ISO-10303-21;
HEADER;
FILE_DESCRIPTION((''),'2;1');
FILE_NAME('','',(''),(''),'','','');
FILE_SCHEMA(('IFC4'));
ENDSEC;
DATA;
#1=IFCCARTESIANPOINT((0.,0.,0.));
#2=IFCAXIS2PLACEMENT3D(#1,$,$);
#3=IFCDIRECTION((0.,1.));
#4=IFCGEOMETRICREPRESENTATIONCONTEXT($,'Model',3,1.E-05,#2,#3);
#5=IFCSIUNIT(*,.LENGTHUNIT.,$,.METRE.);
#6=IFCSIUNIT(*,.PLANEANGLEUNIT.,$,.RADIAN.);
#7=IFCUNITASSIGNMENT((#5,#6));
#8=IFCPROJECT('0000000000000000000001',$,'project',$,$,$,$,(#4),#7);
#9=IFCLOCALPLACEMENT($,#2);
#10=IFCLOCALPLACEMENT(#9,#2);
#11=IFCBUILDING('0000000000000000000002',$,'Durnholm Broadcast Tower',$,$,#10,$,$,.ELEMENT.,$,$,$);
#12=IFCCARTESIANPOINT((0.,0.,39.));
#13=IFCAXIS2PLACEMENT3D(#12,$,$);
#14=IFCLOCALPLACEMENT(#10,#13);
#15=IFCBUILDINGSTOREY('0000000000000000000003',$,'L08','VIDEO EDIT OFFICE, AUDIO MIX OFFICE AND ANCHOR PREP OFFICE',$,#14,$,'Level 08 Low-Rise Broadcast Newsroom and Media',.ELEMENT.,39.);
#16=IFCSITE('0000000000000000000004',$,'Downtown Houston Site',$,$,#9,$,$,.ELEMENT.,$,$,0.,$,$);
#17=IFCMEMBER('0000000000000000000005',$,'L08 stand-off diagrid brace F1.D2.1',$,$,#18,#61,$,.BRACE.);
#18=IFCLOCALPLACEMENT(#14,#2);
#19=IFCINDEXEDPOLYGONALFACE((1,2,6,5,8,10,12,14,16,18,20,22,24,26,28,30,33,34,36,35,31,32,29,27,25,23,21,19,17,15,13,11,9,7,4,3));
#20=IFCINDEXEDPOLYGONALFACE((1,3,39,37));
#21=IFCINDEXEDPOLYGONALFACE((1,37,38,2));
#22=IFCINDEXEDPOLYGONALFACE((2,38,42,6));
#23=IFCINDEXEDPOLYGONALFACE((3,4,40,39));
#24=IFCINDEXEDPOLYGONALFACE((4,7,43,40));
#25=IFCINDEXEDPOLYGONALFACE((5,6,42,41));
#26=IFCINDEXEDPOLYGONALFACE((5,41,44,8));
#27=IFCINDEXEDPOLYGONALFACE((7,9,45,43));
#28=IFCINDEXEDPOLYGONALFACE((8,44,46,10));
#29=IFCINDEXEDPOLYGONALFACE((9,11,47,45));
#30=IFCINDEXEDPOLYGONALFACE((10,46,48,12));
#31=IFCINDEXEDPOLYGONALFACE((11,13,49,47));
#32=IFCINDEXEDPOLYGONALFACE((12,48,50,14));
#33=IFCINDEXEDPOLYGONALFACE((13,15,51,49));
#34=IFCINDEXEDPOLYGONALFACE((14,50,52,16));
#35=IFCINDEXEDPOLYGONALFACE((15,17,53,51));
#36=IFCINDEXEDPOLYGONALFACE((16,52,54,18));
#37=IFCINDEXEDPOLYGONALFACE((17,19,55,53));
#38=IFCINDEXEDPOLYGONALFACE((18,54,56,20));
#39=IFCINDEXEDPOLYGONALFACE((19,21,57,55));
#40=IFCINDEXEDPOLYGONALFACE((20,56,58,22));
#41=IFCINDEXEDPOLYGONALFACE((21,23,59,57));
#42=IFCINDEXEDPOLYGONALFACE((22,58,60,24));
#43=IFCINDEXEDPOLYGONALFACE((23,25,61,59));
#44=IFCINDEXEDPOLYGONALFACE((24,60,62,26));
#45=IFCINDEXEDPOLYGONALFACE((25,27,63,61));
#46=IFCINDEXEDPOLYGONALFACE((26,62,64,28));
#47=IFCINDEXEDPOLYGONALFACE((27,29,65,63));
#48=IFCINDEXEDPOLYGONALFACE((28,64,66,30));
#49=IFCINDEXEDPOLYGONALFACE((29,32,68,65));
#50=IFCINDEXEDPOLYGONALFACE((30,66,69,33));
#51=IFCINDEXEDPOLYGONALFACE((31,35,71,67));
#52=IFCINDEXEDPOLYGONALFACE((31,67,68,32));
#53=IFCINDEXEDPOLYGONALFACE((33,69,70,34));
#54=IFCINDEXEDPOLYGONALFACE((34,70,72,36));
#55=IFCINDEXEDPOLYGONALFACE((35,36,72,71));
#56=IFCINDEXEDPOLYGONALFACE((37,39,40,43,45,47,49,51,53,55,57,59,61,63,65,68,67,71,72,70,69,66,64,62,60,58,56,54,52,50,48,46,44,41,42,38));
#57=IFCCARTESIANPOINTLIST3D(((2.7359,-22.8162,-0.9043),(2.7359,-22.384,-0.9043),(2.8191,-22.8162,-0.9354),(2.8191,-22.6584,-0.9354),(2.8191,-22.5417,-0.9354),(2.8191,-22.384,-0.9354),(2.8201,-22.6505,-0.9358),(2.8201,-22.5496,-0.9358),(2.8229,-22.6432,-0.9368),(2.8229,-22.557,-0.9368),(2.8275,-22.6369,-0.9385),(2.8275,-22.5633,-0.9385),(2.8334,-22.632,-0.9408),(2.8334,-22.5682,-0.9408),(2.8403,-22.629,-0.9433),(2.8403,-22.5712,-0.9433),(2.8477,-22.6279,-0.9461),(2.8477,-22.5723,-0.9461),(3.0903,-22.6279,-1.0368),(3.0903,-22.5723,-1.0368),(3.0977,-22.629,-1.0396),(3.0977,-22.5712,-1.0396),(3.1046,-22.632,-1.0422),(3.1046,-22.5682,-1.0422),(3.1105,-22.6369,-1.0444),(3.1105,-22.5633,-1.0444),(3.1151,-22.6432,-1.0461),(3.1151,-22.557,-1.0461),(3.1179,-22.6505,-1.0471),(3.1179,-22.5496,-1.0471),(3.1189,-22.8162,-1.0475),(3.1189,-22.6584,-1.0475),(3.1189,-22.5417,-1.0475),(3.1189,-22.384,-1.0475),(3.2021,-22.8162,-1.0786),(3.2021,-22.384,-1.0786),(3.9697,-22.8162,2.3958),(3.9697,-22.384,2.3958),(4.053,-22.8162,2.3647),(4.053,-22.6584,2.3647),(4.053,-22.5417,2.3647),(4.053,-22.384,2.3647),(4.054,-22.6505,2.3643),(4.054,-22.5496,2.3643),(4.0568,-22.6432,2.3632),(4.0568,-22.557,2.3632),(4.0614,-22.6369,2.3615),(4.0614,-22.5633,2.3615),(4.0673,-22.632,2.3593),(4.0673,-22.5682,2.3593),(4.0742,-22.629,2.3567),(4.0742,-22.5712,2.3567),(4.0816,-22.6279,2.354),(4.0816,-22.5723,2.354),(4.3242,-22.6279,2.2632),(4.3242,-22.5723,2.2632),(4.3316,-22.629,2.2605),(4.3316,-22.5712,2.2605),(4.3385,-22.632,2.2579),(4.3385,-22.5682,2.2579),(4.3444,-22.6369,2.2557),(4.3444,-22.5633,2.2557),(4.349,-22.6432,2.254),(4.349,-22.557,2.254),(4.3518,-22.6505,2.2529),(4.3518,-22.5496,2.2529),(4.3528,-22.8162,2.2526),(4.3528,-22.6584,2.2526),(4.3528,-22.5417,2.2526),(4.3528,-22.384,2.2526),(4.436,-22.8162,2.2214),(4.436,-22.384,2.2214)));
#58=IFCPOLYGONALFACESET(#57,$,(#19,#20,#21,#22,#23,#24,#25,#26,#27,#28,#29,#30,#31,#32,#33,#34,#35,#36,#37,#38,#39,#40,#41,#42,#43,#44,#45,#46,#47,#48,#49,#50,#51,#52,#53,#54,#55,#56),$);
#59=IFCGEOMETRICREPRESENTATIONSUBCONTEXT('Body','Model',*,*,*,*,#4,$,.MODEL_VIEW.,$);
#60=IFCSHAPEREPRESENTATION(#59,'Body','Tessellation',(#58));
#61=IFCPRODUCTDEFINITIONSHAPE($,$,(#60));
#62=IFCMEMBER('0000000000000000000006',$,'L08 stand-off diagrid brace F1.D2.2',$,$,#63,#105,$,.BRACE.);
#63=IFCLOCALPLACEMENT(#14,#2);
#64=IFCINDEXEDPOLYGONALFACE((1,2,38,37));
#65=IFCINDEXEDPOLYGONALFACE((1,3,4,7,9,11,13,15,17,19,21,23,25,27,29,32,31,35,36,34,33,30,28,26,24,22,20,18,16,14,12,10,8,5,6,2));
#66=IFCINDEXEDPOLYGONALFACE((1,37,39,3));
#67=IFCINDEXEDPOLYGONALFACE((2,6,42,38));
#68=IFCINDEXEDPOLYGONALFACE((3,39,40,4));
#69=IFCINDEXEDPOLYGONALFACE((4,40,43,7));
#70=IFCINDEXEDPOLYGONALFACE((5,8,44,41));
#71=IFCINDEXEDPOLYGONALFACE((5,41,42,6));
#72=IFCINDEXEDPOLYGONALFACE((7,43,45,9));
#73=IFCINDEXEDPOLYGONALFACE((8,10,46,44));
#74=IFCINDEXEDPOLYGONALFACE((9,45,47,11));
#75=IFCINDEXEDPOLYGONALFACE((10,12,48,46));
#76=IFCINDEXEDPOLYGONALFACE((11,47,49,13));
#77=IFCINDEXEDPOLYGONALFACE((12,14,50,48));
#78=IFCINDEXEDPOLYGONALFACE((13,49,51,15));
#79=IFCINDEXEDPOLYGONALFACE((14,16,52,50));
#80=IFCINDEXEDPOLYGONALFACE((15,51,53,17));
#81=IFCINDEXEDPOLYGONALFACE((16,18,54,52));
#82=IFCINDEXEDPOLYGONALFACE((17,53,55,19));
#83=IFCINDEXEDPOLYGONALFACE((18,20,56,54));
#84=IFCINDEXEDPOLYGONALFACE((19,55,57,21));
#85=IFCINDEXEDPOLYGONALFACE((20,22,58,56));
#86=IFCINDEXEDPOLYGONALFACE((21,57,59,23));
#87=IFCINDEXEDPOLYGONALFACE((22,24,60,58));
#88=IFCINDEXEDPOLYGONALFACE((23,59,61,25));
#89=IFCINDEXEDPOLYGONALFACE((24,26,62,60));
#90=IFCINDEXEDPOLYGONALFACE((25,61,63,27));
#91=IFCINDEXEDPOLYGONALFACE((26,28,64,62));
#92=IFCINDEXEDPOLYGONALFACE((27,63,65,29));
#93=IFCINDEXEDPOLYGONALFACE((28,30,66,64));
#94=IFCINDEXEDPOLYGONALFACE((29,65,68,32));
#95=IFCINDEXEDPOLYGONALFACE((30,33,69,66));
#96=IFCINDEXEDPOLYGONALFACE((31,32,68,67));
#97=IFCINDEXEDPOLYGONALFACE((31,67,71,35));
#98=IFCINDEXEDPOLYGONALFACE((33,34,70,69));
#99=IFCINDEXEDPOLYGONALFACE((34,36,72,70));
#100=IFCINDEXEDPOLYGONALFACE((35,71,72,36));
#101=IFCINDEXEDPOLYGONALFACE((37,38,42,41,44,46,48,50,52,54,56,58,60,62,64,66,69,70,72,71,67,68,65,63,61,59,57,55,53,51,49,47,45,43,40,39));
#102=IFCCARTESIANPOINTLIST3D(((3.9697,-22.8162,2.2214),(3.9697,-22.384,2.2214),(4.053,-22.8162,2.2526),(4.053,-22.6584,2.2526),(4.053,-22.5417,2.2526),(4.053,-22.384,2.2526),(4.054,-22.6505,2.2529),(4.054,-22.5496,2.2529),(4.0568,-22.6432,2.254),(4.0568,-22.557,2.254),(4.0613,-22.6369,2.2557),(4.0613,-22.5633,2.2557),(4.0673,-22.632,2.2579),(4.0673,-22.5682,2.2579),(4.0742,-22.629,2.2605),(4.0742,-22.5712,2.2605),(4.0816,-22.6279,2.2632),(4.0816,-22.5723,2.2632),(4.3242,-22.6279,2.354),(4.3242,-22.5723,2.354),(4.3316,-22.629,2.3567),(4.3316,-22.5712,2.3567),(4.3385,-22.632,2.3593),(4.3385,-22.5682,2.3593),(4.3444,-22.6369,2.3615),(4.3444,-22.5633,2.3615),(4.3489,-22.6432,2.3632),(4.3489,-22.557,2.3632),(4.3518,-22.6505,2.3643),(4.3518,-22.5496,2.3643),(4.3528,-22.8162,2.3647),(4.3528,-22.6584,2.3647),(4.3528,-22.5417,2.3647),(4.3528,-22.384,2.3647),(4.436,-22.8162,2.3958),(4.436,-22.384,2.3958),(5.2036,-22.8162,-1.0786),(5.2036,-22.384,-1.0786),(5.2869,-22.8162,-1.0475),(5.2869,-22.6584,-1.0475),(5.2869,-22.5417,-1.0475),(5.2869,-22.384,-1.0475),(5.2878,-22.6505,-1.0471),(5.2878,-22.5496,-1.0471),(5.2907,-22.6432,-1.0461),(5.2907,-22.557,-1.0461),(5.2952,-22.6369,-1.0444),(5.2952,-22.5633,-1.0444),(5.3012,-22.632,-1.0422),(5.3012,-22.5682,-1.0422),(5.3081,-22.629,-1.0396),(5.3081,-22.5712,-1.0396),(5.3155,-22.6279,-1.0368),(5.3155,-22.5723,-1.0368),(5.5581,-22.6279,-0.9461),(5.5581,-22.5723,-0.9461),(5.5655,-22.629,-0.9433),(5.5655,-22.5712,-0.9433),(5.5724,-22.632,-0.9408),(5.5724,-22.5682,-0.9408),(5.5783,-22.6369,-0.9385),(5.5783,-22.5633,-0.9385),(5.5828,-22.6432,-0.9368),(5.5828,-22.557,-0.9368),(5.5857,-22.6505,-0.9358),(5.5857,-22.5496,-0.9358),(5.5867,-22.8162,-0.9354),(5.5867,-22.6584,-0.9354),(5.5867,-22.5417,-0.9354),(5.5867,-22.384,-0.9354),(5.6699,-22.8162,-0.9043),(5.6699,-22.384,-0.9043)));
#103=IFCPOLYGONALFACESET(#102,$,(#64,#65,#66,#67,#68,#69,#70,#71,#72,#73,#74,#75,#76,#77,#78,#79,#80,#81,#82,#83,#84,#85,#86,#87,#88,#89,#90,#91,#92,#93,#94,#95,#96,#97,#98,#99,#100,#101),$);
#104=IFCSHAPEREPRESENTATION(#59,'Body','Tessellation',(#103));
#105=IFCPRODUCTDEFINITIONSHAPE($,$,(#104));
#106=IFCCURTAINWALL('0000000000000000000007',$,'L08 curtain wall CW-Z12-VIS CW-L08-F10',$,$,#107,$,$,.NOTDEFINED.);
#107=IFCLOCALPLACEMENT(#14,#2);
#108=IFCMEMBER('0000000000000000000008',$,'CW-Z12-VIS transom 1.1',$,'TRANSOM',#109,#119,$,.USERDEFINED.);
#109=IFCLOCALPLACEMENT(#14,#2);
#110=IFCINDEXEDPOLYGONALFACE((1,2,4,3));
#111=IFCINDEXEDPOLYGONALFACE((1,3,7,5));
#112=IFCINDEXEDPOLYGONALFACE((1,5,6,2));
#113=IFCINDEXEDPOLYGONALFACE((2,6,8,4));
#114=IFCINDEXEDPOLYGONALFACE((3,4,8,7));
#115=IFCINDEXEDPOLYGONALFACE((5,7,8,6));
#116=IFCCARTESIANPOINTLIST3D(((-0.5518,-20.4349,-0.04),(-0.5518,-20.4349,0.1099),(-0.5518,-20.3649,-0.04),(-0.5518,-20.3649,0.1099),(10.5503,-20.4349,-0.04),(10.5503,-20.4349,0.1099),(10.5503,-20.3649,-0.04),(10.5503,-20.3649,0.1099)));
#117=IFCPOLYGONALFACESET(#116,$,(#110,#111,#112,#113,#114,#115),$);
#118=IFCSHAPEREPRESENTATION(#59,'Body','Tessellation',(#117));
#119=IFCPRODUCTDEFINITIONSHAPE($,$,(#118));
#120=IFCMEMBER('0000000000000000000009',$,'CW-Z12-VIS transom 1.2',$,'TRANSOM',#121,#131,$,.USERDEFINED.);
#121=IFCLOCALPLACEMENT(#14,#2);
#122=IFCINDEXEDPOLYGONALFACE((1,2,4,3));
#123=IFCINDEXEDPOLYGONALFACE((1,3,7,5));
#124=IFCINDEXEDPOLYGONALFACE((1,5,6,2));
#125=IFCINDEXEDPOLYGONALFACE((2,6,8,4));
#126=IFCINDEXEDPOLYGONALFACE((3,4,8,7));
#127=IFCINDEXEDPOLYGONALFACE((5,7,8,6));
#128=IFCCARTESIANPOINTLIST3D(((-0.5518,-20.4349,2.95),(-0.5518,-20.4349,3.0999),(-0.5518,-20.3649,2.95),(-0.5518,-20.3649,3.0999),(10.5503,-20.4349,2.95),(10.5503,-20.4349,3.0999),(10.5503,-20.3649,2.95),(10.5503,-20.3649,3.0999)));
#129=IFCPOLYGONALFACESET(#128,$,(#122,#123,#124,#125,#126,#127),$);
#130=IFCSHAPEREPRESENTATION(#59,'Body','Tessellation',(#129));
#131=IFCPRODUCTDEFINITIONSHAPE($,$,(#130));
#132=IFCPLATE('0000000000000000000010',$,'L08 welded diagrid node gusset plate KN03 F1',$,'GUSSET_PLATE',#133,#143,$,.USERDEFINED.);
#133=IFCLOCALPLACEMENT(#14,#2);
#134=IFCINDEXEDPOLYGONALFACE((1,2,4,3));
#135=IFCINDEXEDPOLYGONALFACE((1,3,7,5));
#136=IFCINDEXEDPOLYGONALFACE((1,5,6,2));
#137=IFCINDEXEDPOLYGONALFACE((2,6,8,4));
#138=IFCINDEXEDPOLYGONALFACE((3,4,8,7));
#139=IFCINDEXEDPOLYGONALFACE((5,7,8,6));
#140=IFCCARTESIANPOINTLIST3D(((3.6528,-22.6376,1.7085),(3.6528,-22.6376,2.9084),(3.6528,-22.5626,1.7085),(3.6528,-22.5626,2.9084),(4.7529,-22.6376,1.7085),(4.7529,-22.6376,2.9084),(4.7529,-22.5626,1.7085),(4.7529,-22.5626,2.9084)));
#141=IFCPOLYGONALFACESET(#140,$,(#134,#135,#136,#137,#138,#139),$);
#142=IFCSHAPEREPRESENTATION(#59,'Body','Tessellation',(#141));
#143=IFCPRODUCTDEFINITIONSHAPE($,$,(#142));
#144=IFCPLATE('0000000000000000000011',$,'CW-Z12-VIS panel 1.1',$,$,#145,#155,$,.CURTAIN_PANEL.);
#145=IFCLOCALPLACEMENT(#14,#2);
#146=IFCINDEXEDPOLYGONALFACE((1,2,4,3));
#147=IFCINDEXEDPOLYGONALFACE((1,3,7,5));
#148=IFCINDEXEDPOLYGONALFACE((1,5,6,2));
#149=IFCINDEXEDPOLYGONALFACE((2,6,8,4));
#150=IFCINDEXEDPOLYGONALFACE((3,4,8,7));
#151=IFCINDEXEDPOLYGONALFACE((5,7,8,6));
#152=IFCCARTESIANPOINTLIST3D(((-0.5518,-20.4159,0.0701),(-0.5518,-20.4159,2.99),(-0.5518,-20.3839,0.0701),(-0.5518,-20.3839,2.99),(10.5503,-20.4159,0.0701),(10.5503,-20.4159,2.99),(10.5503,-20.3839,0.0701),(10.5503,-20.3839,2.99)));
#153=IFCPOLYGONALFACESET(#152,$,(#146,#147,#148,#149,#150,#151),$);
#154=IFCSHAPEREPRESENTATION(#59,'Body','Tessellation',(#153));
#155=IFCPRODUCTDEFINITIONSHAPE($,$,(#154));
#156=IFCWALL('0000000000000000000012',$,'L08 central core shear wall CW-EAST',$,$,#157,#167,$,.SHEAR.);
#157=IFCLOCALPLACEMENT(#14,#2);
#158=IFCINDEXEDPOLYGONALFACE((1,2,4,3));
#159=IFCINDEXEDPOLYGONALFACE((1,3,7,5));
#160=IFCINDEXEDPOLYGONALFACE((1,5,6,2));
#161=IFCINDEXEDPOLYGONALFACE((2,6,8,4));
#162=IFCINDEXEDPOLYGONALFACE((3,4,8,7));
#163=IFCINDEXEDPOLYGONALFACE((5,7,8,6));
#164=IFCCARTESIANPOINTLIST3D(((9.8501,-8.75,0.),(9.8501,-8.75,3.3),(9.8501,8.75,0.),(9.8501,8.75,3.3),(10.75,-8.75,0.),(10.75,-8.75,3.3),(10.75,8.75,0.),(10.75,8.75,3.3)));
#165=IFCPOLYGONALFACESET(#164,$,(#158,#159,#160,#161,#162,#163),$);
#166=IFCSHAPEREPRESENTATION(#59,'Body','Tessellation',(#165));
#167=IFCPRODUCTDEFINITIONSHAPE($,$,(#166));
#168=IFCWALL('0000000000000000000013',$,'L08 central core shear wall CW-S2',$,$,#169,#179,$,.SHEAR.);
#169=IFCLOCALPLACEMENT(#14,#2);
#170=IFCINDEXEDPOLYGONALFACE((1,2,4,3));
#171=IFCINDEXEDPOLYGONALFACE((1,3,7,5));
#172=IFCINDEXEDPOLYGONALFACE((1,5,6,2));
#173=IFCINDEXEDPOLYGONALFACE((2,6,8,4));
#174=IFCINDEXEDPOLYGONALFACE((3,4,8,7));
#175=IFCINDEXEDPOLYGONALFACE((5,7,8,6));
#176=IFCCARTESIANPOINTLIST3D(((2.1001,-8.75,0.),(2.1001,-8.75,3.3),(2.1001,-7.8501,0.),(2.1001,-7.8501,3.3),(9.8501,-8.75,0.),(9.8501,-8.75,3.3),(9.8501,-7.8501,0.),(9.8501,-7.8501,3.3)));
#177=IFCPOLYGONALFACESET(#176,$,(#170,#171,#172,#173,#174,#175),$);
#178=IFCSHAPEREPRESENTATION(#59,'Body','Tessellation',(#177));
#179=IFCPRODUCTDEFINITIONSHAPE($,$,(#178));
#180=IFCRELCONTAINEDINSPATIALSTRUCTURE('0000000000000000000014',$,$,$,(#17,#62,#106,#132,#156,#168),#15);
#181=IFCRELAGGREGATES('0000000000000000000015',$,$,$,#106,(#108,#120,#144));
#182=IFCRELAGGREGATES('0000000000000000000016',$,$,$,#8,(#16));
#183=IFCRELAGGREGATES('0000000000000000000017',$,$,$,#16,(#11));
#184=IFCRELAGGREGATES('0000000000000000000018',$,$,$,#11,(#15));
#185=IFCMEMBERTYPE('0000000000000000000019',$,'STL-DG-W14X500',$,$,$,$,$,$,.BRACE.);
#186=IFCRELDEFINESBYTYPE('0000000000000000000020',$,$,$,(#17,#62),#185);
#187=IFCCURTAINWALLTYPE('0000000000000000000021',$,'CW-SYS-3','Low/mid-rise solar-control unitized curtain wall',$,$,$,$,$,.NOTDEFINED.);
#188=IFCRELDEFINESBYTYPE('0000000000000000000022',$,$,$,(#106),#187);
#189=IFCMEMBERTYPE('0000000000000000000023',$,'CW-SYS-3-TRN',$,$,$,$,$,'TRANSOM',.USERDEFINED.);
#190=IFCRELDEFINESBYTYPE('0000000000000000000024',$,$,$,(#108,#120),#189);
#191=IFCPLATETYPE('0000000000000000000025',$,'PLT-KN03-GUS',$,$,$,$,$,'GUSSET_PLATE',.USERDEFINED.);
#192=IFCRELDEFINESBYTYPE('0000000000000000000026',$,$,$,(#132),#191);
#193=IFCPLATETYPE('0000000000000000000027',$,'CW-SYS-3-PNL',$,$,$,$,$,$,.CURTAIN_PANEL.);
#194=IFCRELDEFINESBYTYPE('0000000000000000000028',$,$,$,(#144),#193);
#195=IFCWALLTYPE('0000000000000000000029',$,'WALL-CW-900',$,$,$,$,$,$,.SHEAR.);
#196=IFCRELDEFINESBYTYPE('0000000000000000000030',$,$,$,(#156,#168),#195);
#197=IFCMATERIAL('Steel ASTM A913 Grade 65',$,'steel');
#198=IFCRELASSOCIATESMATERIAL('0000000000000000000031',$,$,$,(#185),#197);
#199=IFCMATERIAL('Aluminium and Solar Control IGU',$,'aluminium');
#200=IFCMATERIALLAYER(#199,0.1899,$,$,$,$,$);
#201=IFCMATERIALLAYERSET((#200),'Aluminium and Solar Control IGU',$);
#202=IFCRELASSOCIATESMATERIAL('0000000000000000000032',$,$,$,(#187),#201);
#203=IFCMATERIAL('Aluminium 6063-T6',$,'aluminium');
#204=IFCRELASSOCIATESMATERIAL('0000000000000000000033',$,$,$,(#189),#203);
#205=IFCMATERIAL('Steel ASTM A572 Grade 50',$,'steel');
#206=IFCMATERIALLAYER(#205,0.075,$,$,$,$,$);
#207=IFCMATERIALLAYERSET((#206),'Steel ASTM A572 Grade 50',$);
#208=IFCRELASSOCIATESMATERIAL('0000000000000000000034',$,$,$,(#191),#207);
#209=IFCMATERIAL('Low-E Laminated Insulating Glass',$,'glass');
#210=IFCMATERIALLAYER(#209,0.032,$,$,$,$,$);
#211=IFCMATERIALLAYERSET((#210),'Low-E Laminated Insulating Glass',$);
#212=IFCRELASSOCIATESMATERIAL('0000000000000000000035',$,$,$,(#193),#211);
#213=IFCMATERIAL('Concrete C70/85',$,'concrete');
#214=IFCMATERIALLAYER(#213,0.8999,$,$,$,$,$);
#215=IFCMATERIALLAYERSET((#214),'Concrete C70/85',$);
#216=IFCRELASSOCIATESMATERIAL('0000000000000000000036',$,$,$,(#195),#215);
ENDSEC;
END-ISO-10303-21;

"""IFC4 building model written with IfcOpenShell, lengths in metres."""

from ifc_helpers import new_model, si_unit, direction, frame, frame_2d, origin, origin_2d, place, context, subcontext, project, spatial, rectangle, i_section, extrude, source, transform, mapped, material, layer, layer_set, material_profile, profile_set, type_object, type_shapes, element, aggregate, save


model = new_model("IFC4")

# Units and contexts
model_context = context("Model", 3, precision=1e-05, world=origin(), true_north=direction((0.0, 1.0)))
body_context = subcontext(model_context, "Body", "Model", "MODEL_VIEW")
ifc_project = project(units=[si_unit("LENGTHUNIT", "METRE"), si_unit("PLANEANGLEUNIT", "RADIAN")], contexts=[model_context])

# Site, building, storey
site_placement = place(None, origin())
site = spatial("IfcSite", under=ifc_project, at=site_placement, Name="Downtown Houston Site", CompositionType="ELEMENT", RefElevation=0.0)
building_placement = place(site_placement, origin())
building = spatial("IfcBuilding", under=site, at=building_placement, Name="Durnholm Broadcast Tower", CompositionType="ELEMENT")
storey_placement = place(building_placement, frame((0.0, 0.0, 39.0)))
storey = spatial("IfcBuildingStorey", under=building, at=storey_placement, Name="L08", Description="VIDEO EDIT OFFICE, AUDIO MIX OFFICE AND ANCHOR PREP OFFICE", LongName="Level 08 Low-Rise Broadcast Newsroom and Media", CompositionType="ELEMENT", Elevation=39.0)

# Shared definitions
ifc_material_1 = material(Name="Concrete C70/85", Category="concrete")

# Members
ifc_material_2 = material(Name="Steel ASTM A913 Grade 65", Category="steel")
ifc_material_profile_1 = material_profile(ifc_material_2, i_section(OverallWidth=0.4321, OverallDepth=0.4978, WebThickness=0.0557, FlangeThickness=0.0889, FilletRadius=0.0305, at=origin_2d()), Name="W14X500")
ifc_profile_set_1 = profile_set([ifc_material_profile_1], Name="Steel ASTM A913 Grade 65")
member_type_1 = type_object("IfcMemberType", Name="STL-DG-W14X500", PredefinedType="BRACE", material=ifc_profile_set_1)
shared_shape_1 = source(origin(), body_context, "Body", "SweptSolid", [
    extrude(i_section(OverallWidth=0.4321, OverallDepth=0.4978, WebThickness=0.0557, FlangeThickness=0.0889, FilletRadius=0.0305, at=origin_2d()), origin(), (0.0, 0.0, 1.0), 3.5232),
])
type_shapes(member_type_1, [shared_shape_1])
for number, where, z_axis, x_axis, name in (
    (1, (2.969, -22.6001, -0.9915), (0.35022, 0.0, 0.936668), (0.0, 1.0, 0.0), "L08 stand-off diagrid brace F1.D2.1"),
    (2, (5.4368, -22.6001, -0.9915), (-0.35022, 0.0, 0.936668), (0.0, -1.0, 0.0), "L08 stand-off diagrid brace F1.D2.2"),
):
    element("IfcMember", number, at=place(storey_placement, frame(where, z_axis=z_axis, x_axis=x_axis)), inside=storey, type_object=member_type_1, Name=name, PredefinedType="BRACE", context=body_context, shape_type="MappedRepresentation", body=[
        mapped(shared_shape_1, transform((0.0, 0.0, 0.0), x_axis=(1.0, 0.0, 0.0), y_axis=(0.0, 1.0, 0.0), z_axis=(0.0, 0.0, 1.0), scale=1.0)),
    ])

# Curtain wall, members
ifc_material_3 = material(Name="Aluminium and Solar Control IGU", Category="aluminium")
ifc_layer_1 = layer(ifc_material_3, 0.1899)
ifc_layer_set_1 = layer_set([ifc_layer_1], Name="Aluminium and Solar Control IGU")
curtain_wall_type = type_object("IfcCurtainWallType", Name="CW-SYS-3", Description="Low/mid-rise solar-control unitized curtain wall", PredefinedType="NOTDEFINED", material=ifc_layer_set_1)
curtain_wall_placement = place(storey_placement, origin())
curtain_wall = element("IfcCurtainWall", 3, at=curtain_wall_placement, inside=storey, type_object=curtain_wall_type, Name="L08 curtain wall CW-Z12-VIS CW-L08-F10", PredefinedType="NOTDEFINED")
ifc_material_4 = material(Name="Aluminium 6063-T6", Category="aluminium")
ifc_material_profile_2 = material_profile(ifc_material_4, rectangle(XDim=0.0701, YDim=0.1499, at=origin_2d()), Name="CWT70X150")
ifc_profile_set_2 = profile_set([ifc_material_profile_2], Name="Aluminium 6063-T6")
member_type_2 = type_object("IfcMemberType", Name="CW-SYS-3-TRN", ElementType="TRANSOM", PredefinedType="USERDEFINED", material=ifc_profile_set_2)
shared_shape_2 = source(origin(), body_context, "Body", "SweptSolid", [
    extrude(rectangle(XDim=0.0701, YDim=0.1499, at=origin_2d()), origin(), (0.0, 0.0, 1.0), 11.1021),
])
type_shapes(member_type_2, [shared_shape_2])
member_1_placement = place(storey_placement, frame((10.5503, -20.3999, 0.0349), z_axis=(-1.0, 0.0, 0.0), x_axis=(0.0, -1.0, 0.0)))
member_1 = element("IfcMember", 4, at=member_1_placement, type_object=member_type_2, Name="CW-Z12-VIS transom 1.1", ObjectType="TRANSOM", PredefinedType="USERDEFINED", context=body_context, shape_type="MappedRepresentation", body=[
    mapped(shared_shape_2, transform((0.0, 0.0, 0.0), x_axis=(1.0, 0.0, 0.0), y_axis=(0.0, 1.0, 0.0), z_axis=(0.0, 0.0, 1.0), scale=1.0)),
])
member_2_placement = place(storey_placement, frame((10.5503, -20.3999, 3.0249), z_axis=(-1.0, 0.0, 0.0), x_axis=(0.0, -1.0, 0.0)))
member_2 = element("IfcMember", 5, at=member_2_placement, type_object=member_type_2, Name="CW-Z12-VIS transom 1.2", ObjectType="TRANSOM", PredefinedType="USERDEFINED", context=body_context, shape_type="MappedRepresentation", body=[
    mapped(shared_shape_2, transform((0.0, 0.0, 0.0), x_axis=(1.0, 0.0, 0.0), y_axis=(0.0, 1.0, 0.0), z_axis=(0.0, 0.0, 1.0), scale=1.0)),
])

# Plates
ifc_material_5 = material(Name="Steel ASTM A572 Grade 50", Category="steel")
ifc_layer_2 = layer(ifc_material_5, 0.075)
ifc_layer_set_2 = layer_set([ifc_layer_2], Name="Steel ASTM A572 Grade 50")
plate_type_1 = type_object("IfcPlateType", Name="PLT-KN03-GUS", ElementType="GUSSET_PLATE", PredefinedType="USERDEFINED", material=ifc_layer_set_2)
shared_shape_3 = source(origin(), body_context, "Body", "SweptSolid", [
    extrude(rectangle(XDim=1.1001, YDim=0.075, at=origin_2d()), origin(), (0.0, 0.0, 1.0), 1.2),
])
type_shapes(plate_type_1, [shared_shape_3])
plate_1_placement = place(storey_placement, frame((4.2029, -22.6001, 1.7085), z_axis=(0.0, 0.0, 1.0), x_axis=(1.0, 0.0, 0.0)))
element("IfcPlate", 6, at=plate_1_placement, inside=storey, type_object=plate_type_1, Name="L08 welded diagrid node gusset plate KN03 F1", ObjectType="GUSSET_PLATE", PredefinedType="USERDEFINED", context=body_context, shape_type="MappedRepresentation", body=[
    mapped(shared_shape_3, transform((0.0, 0.0, 0.0), x_axis=(1.0, 0.0, 0.0), y_axis=(0.0, 1.0, 0.0), z_axis=(0.0, 0.0, 1.0), scale=1.0)),
])
ifc_material_6 = material(Name="Low-E Laminated Insulating Glass", Category="glass")
ifc_layer_3 = layer(ifc_material_6, 0.032)
ifc_layer_set_3 = layer_set([ifc_layer_3], Name="Low-E Laminated Insulating Glass")
plate_type_2 = type_object("IfcPlateType", Name="CW-SYS-3-PNL", PredefinedType="CURTAIN_PANEL", material=ifc_layer_set_3)
shared_shape_4 = source(origin(), body_context, "Body", "SweptSolid", [
    extrude(rectangle(XDim=11.1021, YDim=0.032, at=origin_2d()), origin(), (0.0, 0.0, 1.0), 2.9199),
])
type_shapes(plate_type_2, [shared_shape_4])
plate_2_placement = place(storey_placement, frame((4.9993, -20.3999, 0.0701), z_axis=(0.0, 0.0, 1.0), x_axis=(-1.0, 0.0, 0.0)))
plate_2 = element("IfcPlate", 7, at=plate_2_placement, type_object=plate_type_2, Name="CW-Z12-VIS panel 1.1", PredefinedType="CURTAIN_PANEL", context=body_context, shape_type="MappedRepresentation", body=[
    mapped(shared_shape_4, transform((0.0, 0.0, 0.0), x_axis=(1.0, 0.0, 0.0), y_axis=(0.0, 1.0, 0.0), z_axis=(0.0, 0.0, 1.0), scale=1.0)),
])
aggregate(curtain_wall, [member_1, member_2, plate_2])

# Walls
ifc_layer_4 = layer(ifc_material_1, 0.8999)
ifc_layer_set_4 = layer_set([ifc_layer_4], Name="Concrete C70/85")
wall_type_1 = type_object("IfcWallType", Name="WALL-CW-900", PredefinedType="SHEAR", material=ifc_layer_set_4)
wall_1_placement = place(storey_placement, frame((10.3, -8.75, 0.0), z_axis=(0.0, 0.0, 1.0), x_axis=(0.0, 1.0, 0.0)))
element("IfcWall", 8, at=wall_1_placement, inside=storey, type_object=wall_type_1, Name="L08 central core shear wall CW-EAST", PredefinedType="SHEAR", context=body_context, shape_type="SweptSolid", body=[
    extrude(rectangle(XDim=17.5, YDim=0.8999, at=frame_2d((8.75, 0.0))), origin(), (0.0, 0.0, 1.0), 3.3),
])
wall_2_placement = place(storey_placement, frame((2.1001, -8.3, 0.0), z_axis=(0.0, 0.0, 1.0), x_axis=(1.0, 0.0, 0.0)))
element("IfcWall", 9, at=wall_2_placement, inside=storey, type_object=wall_type_1, Name="L08 central core shear wall CW-S2", PredefinedType="SHEAR", context=body_context, shape_type="SweptSolid", body=[
    extrude(rectangle(XDim=7.75, YDim=0.8999, at=frame_2d((3.875, 0.0))), origin(), (0.0, 0.0, 1.0), 3.3),
])

save(model, "model.ifc")
